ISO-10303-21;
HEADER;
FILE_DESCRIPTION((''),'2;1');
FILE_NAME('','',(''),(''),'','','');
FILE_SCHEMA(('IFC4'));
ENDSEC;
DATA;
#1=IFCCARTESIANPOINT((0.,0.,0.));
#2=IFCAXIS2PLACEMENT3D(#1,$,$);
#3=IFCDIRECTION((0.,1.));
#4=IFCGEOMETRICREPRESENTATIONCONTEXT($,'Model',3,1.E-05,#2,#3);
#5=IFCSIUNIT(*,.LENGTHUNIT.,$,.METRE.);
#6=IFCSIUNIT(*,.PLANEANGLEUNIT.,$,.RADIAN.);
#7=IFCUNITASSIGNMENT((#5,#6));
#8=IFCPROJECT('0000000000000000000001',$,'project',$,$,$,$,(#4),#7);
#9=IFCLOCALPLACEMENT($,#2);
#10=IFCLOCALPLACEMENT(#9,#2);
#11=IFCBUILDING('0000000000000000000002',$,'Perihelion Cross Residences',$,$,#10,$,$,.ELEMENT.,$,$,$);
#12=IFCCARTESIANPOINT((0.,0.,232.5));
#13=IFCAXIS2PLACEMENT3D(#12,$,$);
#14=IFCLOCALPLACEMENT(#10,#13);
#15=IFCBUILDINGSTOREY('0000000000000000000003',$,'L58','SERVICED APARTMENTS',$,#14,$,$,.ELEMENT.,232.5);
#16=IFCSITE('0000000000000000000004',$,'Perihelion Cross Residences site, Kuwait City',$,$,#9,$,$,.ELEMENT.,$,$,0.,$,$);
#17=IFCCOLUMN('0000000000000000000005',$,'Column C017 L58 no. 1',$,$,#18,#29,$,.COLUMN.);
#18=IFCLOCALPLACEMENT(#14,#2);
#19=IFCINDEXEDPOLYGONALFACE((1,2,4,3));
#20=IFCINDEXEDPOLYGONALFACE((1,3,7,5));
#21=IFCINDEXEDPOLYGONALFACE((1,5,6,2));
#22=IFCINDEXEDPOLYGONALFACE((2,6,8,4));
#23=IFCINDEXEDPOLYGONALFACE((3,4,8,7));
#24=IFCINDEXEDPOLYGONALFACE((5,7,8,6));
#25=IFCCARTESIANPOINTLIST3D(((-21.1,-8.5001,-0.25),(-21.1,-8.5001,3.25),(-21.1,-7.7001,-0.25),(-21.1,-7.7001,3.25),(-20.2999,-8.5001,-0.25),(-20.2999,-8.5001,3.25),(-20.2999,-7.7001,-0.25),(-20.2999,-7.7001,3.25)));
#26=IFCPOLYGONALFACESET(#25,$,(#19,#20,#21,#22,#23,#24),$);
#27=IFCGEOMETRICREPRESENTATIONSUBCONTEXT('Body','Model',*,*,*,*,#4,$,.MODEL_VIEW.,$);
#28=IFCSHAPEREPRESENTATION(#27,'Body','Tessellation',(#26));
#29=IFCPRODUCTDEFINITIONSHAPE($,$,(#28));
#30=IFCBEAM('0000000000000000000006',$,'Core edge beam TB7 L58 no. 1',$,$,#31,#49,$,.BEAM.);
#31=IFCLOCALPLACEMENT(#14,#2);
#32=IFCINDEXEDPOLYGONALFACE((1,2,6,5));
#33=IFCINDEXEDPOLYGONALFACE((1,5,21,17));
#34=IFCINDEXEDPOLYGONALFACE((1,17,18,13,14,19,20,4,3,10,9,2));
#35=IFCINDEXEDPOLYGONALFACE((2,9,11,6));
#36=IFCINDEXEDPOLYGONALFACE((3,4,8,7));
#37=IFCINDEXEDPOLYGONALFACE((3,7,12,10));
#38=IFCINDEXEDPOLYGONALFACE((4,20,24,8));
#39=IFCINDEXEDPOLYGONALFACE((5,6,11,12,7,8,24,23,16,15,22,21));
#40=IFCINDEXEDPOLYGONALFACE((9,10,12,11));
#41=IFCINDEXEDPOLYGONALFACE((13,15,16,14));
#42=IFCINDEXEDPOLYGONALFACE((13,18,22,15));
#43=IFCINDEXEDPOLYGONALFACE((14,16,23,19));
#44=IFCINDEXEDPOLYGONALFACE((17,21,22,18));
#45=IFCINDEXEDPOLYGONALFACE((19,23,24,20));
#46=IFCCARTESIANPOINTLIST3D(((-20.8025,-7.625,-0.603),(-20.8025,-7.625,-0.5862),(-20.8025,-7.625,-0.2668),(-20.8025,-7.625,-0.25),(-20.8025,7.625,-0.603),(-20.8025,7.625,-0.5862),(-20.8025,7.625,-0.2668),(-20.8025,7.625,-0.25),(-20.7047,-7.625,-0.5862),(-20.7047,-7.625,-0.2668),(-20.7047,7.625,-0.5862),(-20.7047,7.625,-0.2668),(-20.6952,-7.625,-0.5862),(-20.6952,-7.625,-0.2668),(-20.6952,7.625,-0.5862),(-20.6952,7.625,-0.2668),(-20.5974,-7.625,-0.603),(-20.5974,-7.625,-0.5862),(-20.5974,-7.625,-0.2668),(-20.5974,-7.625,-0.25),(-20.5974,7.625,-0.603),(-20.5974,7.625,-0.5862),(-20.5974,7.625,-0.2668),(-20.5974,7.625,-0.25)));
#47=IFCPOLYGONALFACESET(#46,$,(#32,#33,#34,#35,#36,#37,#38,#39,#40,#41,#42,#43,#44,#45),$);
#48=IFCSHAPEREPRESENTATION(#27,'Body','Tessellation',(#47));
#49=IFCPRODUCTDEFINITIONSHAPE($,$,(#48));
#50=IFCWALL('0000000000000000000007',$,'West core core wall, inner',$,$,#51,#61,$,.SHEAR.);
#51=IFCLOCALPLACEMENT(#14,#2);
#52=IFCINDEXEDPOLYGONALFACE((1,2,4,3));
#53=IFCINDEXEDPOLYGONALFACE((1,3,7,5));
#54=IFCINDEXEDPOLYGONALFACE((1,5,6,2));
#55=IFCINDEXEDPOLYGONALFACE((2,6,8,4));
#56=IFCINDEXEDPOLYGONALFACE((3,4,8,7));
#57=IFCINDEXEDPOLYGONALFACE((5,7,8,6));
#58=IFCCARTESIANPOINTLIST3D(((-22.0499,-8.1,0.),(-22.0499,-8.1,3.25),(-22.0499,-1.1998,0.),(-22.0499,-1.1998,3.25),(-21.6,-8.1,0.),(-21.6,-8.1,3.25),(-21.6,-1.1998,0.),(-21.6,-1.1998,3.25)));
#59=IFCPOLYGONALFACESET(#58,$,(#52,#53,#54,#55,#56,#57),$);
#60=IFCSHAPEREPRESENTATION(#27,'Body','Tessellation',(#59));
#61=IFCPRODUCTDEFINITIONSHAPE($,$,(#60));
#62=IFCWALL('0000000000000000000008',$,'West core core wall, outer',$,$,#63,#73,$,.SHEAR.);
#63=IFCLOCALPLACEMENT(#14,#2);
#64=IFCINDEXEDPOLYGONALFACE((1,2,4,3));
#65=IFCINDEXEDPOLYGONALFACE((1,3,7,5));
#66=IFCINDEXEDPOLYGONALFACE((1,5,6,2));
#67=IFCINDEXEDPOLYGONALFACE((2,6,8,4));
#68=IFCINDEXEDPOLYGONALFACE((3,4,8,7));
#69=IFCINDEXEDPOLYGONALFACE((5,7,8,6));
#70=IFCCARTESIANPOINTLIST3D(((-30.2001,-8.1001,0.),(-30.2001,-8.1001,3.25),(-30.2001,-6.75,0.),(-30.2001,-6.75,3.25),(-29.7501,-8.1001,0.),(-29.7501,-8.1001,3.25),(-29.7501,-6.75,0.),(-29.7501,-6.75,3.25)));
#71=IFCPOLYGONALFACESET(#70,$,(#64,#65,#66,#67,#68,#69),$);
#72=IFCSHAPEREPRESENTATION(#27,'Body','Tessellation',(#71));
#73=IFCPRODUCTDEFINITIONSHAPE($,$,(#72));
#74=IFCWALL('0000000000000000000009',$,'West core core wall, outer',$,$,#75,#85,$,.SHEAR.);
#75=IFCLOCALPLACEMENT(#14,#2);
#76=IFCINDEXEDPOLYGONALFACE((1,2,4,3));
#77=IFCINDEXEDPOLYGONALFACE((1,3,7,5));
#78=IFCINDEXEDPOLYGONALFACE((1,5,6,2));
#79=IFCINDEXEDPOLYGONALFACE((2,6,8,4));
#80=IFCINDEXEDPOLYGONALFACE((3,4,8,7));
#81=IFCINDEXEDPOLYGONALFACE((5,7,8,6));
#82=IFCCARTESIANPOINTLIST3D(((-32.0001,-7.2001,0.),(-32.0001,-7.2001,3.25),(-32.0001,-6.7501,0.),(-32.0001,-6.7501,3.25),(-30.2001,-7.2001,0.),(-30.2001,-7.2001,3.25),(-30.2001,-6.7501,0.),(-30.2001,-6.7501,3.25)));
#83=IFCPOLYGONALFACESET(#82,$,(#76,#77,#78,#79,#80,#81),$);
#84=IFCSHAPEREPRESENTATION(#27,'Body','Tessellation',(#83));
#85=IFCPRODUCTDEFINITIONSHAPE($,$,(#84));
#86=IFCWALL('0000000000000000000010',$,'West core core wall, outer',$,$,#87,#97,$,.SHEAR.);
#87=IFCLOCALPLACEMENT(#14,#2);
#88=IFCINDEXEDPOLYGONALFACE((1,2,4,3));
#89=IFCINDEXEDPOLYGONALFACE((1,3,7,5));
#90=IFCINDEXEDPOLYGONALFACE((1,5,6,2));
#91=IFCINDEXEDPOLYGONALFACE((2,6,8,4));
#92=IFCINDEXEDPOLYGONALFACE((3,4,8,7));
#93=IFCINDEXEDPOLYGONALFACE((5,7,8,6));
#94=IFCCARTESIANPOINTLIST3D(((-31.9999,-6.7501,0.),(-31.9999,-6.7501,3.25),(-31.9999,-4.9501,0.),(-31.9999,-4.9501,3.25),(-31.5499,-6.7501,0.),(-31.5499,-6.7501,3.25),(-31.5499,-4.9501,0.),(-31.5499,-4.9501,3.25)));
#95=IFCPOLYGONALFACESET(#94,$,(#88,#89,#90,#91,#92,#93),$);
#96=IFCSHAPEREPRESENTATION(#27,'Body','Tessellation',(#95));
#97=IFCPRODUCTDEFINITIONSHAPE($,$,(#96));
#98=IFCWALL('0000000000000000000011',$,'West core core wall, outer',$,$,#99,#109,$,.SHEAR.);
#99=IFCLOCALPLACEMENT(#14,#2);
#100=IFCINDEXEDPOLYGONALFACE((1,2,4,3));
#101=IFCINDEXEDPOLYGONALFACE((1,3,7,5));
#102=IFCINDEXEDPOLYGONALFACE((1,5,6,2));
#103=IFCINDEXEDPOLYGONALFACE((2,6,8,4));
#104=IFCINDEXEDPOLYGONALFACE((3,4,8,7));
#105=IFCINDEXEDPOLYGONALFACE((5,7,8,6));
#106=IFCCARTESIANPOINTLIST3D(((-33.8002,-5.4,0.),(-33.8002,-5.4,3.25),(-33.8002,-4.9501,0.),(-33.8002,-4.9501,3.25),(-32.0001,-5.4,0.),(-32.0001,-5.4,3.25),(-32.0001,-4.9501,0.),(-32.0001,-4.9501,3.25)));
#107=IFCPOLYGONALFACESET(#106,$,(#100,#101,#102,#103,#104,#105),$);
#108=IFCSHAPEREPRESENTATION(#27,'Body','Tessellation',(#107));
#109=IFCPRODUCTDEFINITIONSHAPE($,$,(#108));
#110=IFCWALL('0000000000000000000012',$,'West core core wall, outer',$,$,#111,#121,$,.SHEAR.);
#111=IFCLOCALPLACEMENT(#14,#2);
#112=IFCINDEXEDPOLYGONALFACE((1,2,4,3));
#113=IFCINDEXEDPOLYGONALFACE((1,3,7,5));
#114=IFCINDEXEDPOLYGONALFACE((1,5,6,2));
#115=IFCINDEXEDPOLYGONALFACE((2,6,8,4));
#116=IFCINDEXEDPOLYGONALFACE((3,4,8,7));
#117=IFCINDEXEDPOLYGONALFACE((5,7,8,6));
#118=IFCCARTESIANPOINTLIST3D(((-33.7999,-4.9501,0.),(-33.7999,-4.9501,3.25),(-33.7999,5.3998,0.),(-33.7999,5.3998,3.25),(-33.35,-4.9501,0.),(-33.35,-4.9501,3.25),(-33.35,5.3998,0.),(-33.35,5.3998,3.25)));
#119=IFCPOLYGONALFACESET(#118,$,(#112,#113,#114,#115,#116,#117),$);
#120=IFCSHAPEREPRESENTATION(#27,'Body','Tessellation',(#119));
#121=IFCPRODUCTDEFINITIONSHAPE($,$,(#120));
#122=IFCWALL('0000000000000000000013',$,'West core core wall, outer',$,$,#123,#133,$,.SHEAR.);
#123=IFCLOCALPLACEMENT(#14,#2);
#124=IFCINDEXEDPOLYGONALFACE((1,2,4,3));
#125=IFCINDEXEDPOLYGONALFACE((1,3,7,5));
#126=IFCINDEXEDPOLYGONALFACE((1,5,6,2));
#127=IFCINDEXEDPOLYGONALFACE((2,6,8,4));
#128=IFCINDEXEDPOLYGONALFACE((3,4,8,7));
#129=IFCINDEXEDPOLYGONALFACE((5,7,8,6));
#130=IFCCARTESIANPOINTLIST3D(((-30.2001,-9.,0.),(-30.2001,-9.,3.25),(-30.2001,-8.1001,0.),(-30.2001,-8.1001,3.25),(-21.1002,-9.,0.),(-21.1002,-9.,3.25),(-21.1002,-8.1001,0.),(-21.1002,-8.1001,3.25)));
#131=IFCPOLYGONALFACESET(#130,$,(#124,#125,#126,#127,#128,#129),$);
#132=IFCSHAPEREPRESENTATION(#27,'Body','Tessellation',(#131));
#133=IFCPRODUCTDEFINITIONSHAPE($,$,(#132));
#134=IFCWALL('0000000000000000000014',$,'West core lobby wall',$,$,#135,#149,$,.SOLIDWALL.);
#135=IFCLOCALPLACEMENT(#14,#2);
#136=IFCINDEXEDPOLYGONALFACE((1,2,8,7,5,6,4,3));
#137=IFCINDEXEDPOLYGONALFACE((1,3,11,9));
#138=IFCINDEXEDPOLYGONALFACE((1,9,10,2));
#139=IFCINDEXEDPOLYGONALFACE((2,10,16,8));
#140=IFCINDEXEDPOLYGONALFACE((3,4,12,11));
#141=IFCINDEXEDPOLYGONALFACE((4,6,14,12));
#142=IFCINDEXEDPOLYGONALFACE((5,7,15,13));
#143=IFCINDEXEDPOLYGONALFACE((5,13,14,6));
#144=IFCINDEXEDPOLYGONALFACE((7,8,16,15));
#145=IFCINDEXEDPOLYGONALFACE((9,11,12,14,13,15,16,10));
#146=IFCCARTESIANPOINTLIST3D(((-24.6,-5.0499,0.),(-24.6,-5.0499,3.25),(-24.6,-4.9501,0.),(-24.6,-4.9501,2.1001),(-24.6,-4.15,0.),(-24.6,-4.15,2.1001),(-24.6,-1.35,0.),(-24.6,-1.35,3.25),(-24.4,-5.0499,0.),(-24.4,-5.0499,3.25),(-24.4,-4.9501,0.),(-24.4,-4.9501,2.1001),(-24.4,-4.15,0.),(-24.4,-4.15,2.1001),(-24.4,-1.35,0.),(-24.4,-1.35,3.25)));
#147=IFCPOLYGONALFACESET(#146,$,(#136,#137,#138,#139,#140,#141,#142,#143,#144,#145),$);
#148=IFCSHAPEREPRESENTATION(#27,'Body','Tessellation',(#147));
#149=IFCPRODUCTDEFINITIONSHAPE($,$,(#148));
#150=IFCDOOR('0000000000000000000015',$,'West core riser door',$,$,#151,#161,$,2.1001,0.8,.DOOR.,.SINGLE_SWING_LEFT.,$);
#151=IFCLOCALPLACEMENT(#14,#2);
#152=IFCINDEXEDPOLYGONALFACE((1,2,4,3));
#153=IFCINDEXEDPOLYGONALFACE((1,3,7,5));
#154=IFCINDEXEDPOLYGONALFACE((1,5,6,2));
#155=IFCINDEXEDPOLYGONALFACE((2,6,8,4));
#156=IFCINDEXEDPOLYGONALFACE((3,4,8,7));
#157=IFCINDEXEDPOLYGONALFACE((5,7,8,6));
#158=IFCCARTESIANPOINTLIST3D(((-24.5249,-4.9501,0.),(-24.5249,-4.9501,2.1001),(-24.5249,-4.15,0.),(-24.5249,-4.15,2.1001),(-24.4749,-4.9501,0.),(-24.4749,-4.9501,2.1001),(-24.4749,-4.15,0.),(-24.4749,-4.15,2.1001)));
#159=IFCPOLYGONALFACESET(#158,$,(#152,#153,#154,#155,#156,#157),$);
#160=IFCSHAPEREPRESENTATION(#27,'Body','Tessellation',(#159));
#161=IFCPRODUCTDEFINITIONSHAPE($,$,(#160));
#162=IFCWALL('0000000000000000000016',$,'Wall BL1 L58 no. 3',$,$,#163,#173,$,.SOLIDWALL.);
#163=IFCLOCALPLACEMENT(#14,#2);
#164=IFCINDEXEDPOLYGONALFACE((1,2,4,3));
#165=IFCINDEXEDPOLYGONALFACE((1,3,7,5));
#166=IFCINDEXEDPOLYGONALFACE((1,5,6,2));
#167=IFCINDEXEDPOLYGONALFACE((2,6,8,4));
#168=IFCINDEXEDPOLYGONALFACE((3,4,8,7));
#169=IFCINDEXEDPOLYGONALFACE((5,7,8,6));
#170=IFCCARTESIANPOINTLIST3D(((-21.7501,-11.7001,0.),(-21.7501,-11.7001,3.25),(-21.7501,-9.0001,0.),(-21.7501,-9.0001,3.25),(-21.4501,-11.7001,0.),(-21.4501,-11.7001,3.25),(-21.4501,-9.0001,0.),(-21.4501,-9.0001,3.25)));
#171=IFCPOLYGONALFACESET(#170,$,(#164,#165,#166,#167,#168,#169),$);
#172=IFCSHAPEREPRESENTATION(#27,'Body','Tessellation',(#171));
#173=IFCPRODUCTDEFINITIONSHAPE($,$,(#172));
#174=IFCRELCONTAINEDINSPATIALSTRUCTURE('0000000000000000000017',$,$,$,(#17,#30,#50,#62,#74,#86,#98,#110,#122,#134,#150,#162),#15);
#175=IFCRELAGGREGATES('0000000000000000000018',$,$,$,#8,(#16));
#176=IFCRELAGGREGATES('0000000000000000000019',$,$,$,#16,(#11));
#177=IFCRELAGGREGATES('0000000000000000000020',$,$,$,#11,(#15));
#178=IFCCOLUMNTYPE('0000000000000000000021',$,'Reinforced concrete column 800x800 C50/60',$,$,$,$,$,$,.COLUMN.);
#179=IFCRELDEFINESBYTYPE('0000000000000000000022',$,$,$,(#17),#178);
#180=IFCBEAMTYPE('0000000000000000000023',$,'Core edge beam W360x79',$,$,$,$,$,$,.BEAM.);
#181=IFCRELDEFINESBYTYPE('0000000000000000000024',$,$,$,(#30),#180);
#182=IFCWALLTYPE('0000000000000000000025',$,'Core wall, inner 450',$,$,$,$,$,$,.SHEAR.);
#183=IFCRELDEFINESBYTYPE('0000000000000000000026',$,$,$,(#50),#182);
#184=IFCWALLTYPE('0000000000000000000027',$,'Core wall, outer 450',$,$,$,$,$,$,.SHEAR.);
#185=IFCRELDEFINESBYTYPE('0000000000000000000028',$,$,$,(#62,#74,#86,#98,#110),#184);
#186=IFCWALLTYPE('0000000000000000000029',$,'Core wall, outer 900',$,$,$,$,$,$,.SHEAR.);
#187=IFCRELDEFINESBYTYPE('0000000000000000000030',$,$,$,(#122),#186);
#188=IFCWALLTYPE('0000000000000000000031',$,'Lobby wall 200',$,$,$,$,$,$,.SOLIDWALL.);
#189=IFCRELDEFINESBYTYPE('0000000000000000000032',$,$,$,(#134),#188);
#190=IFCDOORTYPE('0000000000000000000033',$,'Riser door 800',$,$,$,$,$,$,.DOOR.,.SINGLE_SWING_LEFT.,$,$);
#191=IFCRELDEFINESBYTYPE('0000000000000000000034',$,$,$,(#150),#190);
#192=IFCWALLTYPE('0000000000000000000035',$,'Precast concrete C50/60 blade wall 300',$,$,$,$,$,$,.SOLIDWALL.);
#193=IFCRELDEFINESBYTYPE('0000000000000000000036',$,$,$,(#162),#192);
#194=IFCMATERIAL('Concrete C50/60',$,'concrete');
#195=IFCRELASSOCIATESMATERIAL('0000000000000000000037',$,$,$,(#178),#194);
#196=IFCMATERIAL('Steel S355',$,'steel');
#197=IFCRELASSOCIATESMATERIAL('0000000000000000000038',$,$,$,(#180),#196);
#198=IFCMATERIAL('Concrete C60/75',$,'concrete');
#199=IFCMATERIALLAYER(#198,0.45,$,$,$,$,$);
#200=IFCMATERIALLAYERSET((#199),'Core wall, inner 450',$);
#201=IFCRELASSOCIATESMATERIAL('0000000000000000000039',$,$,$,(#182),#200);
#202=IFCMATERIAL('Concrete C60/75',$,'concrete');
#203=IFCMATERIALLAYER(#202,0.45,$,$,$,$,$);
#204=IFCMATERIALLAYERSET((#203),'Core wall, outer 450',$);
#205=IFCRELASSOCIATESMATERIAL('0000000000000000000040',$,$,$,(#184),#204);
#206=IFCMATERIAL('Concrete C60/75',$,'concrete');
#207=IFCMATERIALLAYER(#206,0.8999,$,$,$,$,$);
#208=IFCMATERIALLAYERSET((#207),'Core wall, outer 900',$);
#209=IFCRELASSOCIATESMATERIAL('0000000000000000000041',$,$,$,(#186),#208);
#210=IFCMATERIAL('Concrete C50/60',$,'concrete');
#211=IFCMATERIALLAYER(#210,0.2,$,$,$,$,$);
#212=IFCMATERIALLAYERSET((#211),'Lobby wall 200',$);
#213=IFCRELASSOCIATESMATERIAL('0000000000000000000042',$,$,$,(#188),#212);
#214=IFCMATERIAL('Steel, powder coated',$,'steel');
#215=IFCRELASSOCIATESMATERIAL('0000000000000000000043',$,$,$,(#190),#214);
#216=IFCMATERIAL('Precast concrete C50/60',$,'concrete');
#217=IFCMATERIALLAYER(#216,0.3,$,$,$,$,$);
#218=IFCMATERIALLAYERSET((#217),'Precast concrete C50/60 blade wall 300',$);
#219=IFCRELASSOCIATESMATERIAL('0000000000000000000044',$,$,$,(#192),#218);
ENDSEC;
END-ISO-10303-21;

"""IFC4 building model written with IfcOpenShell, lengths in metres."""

from ifc_helpers import new_model, si_unit, direction, frame, frame_2d, origin, origin_2d, place, context, subcontext, project, spatial, rectangle, i_section, extrude, material, layer, layer_set, material_profile, profile_set, type_object, element, fill, save


model = new_model("IFC4")

# Units and contexts
model_context = context("Model", 3, precision=1e-05, world=origin(), true_north=direction((0.0, 1.0)))
body_context = subcontext(model_context, "Body", "Model", "MODEL_VIEW")
ifc_project = project(units=[si_unit("LENGTHUNIT", "METRE"), si_unit("PLANEANGLEUNIT", "RADIAN")], contexts=[model_context])

# Site, building, storey
site_placement = place(None, origin())
site = spatial("IfcSite", under=ifc_project, at=site_placement, Name="Perihelion Cross Residences site, Kuwait City", CompositionType="ELEMENT", RefElevation=0.0)
building_placement = place(site_placement, origin())
building = spatial("IfcBuilding", under=site, at=building_placement, Name="Perihelion Cross Residences", CompositionType="ELEMENT")
storey_placement = place(building_placement, frame((0.0, 0.0, 232.5)))
storey = spatial("IfcBuildingStorey", under=building, at=storey_placement, Name="L58", Description="SERVICED APARTMENTS", CompositionType="ELEMENT", Elevation=232.5)

# Column
ifc_material_1 = material(Name="Concrete C50/60", Category="concrete")
ifc_material_profile_1 = material_profile(ifc_material_1, rectangle(XDim=0.8, YDim=0.8, at=origin_2d()), Name="RC 800x800")
ifc_profile_set_1 = profile_set([ifc_material_profile_1], Name="Concrete C50/60")
column_type = type_object("IfcColumnType", Name="Reinforced concrete column 800x800 C50/60", PredefinedType="COLUMN", material=ifc_profile_set_1)
column_placement = place(storey_placement, frame((-20.7, -8.1001, -0.25), z_axis=(0.0, 0.0, 1.0), x_axis=(1.0, 0.0, 0.0)))
element("IfcColumn", 1, at=column_placement, inside=storey, type_object=column_type, Name="Column C017 L58 no. 1", PredefinedType="COLUMN", context=body_context, shape_type="SweptSolid", body=[
    extrude(rectangle(XDim=0.8, YDim=0.8, at=origin_2d()), origin(), (0.0, 0.0, 1.0), 3.5),
])

# Beam
ifc_material_2 = material(Name="Steel S355", Category="steel")
ifc_material_profile_2 = material_profile(ifc_material_2, i_section(OverallWidth=0.2051, OverallDepth=0.353, WebThickness=0.0095, FlangeThickness=0.0168, at=origin_2d()), Name="W360x79")
ifc_profile_set_2 = profile_set([ifc_material_profile_2], Name="Steel S355")
beam_type = type_object("IfcBeamType", Name="Core edge beam W360x79", PredefinedType="BEAM", material=ifc_profile_set_2)
beam_placement = place(storey_placement, frame((-20.7, -7.625, -0.4265), z_axis=(0.0, 1.0, 0.0), x_axis=(-1.0, 0.0, 0.0)))
element("IfcBeam", 2, at=beam_placement, inside=storey, type_object=beam_type, Name="Core edge beam TB7 L58 no. 1", PredefinedType="BEAM", context=body_context, shape_type="SweptSolid", body=[
    extrude(i_section(OverallWidth=0.2051, OverallDepth=0.353, WebThickness=0.0095, FlangeThickness=0.0168, at=origin_2d()), origin(), (0.0, 0.0, 1.0), 15.25),
])

# Walls
ifc_material_3 = material(Name="Concrete C60/75", Category="concrete")
ifc_layer_1 = layer(ifc_material_3, 0.45)
ifc_layer_set_1 = layer_set([ifc_layer_1], Name="Core wall, inner 450")
wall_type_1 = type_object("IfcWallType", Name="Core wall, inner 450", PredefinedType="SHEAR", material=ifc_layer_set_1)
wall_1_placement = place(storey_placement, frame((-21.825, -8.1001, 0.0), z_axis=(0.0, 0.0, 1.0), x_axis=(0.0, 1.0, 0.0)))
element("IfcWall", 3, at=wall_1_placement, inside=storey, type_object=wall_type_1, Name="West core core wall, inner", PredefinedType="SHEAR", context=body_context, shape_type="SweptSolid", body=[
    extrude(rectangle(XDim=6.9001, YDim=0.45, at=frame_2d((3.4502, 0.0))), origin(), (0.0, 0.0, 1.0), 3.25),
])
ifc_material_4 = material(Name="Concrete C60/75", Category="concrete")
ifc_layer_2 = layer(ifc_material_4, 0.45)
ifc_layer_set_2 = layer_set([ifc_layer_2], Name="Core wall, outer 450")
wall_type_2 = type_object("IfcWallType", Name="Core wall, outer 450", PredefinedType="SHEAR", material=ifc_layer_set_2)
wall_2_placement = place(storey_placement, frame((-29.9751, -8.1001, 0.0), z_axis=(0.0, 0.0, 1.0), x_axis=(0.0, 1.0, 0.0)))
element("IfcWall", 4, at=wall_2_placement, inside=storey, type_object=wall_type_2, Name="West core core wall, outer", PredefinedType="SHEAR", context=body_context, shape_type="SweptSolid", body=[
    extrude(rectangle(XDim=1.3501, YDim=0.45, at=frame_2d((0.675, 0.0))), origin(), (0.0, 0.0, 1.0), 3.25),
])
for number, where, z_axis, x_axis, name in (
    (5, (-32.0, -6.9751, 0.0), (0.0, 0.0, 1.0), (1.0, 0.0, 0.0), "West core core wall, outer"),
    (6, (-31.7749, -6.75, 0.0), (0.0, 0.0, 1.0), (0.0, 1.0, 0.0), "West core core wall, outer"),
    (7, (-33.8, -5.175, 0.0), (0.0, 0.0, 1.0), (1.0, 0.0, 0.0), "West core core wall, outer"),
):
    element("IfcWall", number, at=place(storey_placement, frame(where, z_axis=z_axis, x_axis=x_axis)), inside=storey, type_object=wall_type_2, Name=name, PredefinedType="SHEAR", context=body_context, shape_type="SweptSolid", body=[
        extrude(rectangle(XDim=1.8, YDim=0.45, at=frame_2d((0.8999, 0.0))), origin(), (0.0, 0.0, 1.0), 3.25),
    ])
wall_3_placement = place(storey_placement, frame((-33.575, -4.95, 0.0), z_axis=(0.0, 0.0, 1.0), x_axis=(0.0, 1.0, 0.0)))
element("IfcWall", 8, at=wall_3_placement, inside=storey, type_object=wall_type_2, Name="West core core wall, outer", PredefinedType="SHEAR", context=body_context, shape_type="SweptSolid", body=[
    extrude(rectangle(XDim=10.3499, YDim=0.45, at=frame_2d((5.1748, 0.0))), origin(), (0.0, 0.0, 1.0), 3.25),
])
ifc_material_5 = material(Name="Concrete C60/75", Category="concrete")
ifc_layer_3 = layer(ifc_material_5, 0.8999)
ifc_layer_set_3 = layer_set([ifc_layer_3], Name="Core wall, outer 900")
wall_type_3 = type_object("IfcWallType", Name="Core wall, outer 900", PredefinedType="SHEAR", material=ifc_layer_set_3)
wall_4_placement = place(storey_placement, frame((-30.2, -8.55, 0.0), z_axis=(0.0, 0.0, 1.0), x_axis=(1.0, 0.0, 0.0)))
element("IfcWall", 9, at=wall_4_placement, inside=storey, type_object=wall_type_3, Name="West core core wall, outer", PredefinedType="SHEAR", context=body_context, shape_type="SweptSolid", body=[
    extrude(rectangle(XDim=9.0999, YDim=0.8999, at=frame_2d((4.5498, 0.0))), origin(), (0.0, 0.0, 1.0), 3.25),
])

# Wall, opening, door
ifc_material_6 = material(Name="Concrete C50/60", Category="concrete")
ifc_layer_4 = layer(ifc_material_6, 0.2)
ifc_layer_set_4 = layer_set([ifc_layer_4], Name="Lobby wall 200")
wall_type_4 = type_object("IfcWallType", Name="Lobby wall 200", PredefinedType="SOLIDWALL", material=ifc_layer_set_4)
wall_5_placement = place(storey_placement, frame((-24.5, -5.05, 0.0), z_axis=(0.0, 0.0, 1.0), x_axis=(0.0, 1.0, 0.0)))
wall_5 = element("IfcWall", 10, at=wall_5_placement, inside=storey, type_object=wall_type_4, Name="West core lobby wall", PredefinedType="SOLIDWALL", context=body_context, shape_type="SweptSolid", body=[
    extrude(rectangle(XDim=3.7, YDim=0.2, at=frame_2d((1.8501, 0.0))), origin(), (0.0, 0.0, 1.0), 3.25),
])
opening_1_placement = place(wall_5_placement, frame((0.1001, 0.0, 0.0)))
opening_1 = element("IfcOpeningElement", 11, at=opening_1_placement, cuts=wall_5, PredefinedType="OPENING", context=body_context, shape_type="SweptSolid", body=[
    extrude(rectangle(XDim=0.8, YDim=2.1001, at=frame_2d((0.3999, 1.05))), frame((0.0, 0.1099, 0.0), z_axis=(0.0, -1.0, 0.0), x_axis=(1.0, 0.0, 0.0)), (0.0, 0.0, 1.0), 0.22),
])
ifc_material_7 = material(Name="Steel, powder coated", Category="steel")
door_type_1 = type_object("IfcDoorType", Name="Riser door 800", OperationType="SINGLE_SWING_LEFT", PredefinedType="DOOR", material=ifc_material_7)
door_1_placement = place(opening_1_placement, origin())
door_1 = element("IfcDoor", 12, at=door_1_placement, inside=storey, type_object=door_type_1, Name="West core riser door", OperationType="SINGLE_SWING_LEFT", OverallHeight=2.1001, OverallWidth=0.8, PredefinedType="DOOR", context=body_context, shape_type="SweptSolid", body=[
    extrude(rectangle(XDim=0.8, YDim=2.1001, at=frame_2d((0.3999, 1.05))), frame((0.0, 0.0249, 0.0), z_axis=(0.0, -1.0, 0.0), x_axis=(1.0, 0.0, 0.0)), (0.0, 0.0, 1.0), 0.05),
])
fill(opening_1, door_1)

# Wall
ifc_material_8 = material(Name="Precast concrete C50/60", Category="concrete")
ifc_layer_5 = layer(ifc_material_8, 0.3)
ifc_layer_set_5 = layer_set([ifc_layer_5], Name="Precast concrete C50/60 blade wall 300")
wall_type_5 = type_object("IfcWallType", Name="Precast concrete C50/60 blade wall 300", PredefinedType="SOLIDWALL", material=ifc_layer_set_5)
wall_6_placement = place(storey_placement, frame((-21.6001, -9.0, 0.0), z_axis=(0.0, 0.0, 1.0), x_axis=(0.0, -1.0, 0.0)))
element("IfcWall", 13, at=wall_6_placement, inside=storey, type_object=wall_type_5, Name="Wall BL1 L58 no. 3", PredefinedType="SOLIDWALL", context=body_context, shape_type="SweptSolid", body=[
    extrude(rectangle(XDim=2.7, YDim=0.3, at=frame_2d((1.3501, 0.0))), origin(), (0.0, 0.0, 1.0), 3.25),
])

save(model, "model.ifc")
